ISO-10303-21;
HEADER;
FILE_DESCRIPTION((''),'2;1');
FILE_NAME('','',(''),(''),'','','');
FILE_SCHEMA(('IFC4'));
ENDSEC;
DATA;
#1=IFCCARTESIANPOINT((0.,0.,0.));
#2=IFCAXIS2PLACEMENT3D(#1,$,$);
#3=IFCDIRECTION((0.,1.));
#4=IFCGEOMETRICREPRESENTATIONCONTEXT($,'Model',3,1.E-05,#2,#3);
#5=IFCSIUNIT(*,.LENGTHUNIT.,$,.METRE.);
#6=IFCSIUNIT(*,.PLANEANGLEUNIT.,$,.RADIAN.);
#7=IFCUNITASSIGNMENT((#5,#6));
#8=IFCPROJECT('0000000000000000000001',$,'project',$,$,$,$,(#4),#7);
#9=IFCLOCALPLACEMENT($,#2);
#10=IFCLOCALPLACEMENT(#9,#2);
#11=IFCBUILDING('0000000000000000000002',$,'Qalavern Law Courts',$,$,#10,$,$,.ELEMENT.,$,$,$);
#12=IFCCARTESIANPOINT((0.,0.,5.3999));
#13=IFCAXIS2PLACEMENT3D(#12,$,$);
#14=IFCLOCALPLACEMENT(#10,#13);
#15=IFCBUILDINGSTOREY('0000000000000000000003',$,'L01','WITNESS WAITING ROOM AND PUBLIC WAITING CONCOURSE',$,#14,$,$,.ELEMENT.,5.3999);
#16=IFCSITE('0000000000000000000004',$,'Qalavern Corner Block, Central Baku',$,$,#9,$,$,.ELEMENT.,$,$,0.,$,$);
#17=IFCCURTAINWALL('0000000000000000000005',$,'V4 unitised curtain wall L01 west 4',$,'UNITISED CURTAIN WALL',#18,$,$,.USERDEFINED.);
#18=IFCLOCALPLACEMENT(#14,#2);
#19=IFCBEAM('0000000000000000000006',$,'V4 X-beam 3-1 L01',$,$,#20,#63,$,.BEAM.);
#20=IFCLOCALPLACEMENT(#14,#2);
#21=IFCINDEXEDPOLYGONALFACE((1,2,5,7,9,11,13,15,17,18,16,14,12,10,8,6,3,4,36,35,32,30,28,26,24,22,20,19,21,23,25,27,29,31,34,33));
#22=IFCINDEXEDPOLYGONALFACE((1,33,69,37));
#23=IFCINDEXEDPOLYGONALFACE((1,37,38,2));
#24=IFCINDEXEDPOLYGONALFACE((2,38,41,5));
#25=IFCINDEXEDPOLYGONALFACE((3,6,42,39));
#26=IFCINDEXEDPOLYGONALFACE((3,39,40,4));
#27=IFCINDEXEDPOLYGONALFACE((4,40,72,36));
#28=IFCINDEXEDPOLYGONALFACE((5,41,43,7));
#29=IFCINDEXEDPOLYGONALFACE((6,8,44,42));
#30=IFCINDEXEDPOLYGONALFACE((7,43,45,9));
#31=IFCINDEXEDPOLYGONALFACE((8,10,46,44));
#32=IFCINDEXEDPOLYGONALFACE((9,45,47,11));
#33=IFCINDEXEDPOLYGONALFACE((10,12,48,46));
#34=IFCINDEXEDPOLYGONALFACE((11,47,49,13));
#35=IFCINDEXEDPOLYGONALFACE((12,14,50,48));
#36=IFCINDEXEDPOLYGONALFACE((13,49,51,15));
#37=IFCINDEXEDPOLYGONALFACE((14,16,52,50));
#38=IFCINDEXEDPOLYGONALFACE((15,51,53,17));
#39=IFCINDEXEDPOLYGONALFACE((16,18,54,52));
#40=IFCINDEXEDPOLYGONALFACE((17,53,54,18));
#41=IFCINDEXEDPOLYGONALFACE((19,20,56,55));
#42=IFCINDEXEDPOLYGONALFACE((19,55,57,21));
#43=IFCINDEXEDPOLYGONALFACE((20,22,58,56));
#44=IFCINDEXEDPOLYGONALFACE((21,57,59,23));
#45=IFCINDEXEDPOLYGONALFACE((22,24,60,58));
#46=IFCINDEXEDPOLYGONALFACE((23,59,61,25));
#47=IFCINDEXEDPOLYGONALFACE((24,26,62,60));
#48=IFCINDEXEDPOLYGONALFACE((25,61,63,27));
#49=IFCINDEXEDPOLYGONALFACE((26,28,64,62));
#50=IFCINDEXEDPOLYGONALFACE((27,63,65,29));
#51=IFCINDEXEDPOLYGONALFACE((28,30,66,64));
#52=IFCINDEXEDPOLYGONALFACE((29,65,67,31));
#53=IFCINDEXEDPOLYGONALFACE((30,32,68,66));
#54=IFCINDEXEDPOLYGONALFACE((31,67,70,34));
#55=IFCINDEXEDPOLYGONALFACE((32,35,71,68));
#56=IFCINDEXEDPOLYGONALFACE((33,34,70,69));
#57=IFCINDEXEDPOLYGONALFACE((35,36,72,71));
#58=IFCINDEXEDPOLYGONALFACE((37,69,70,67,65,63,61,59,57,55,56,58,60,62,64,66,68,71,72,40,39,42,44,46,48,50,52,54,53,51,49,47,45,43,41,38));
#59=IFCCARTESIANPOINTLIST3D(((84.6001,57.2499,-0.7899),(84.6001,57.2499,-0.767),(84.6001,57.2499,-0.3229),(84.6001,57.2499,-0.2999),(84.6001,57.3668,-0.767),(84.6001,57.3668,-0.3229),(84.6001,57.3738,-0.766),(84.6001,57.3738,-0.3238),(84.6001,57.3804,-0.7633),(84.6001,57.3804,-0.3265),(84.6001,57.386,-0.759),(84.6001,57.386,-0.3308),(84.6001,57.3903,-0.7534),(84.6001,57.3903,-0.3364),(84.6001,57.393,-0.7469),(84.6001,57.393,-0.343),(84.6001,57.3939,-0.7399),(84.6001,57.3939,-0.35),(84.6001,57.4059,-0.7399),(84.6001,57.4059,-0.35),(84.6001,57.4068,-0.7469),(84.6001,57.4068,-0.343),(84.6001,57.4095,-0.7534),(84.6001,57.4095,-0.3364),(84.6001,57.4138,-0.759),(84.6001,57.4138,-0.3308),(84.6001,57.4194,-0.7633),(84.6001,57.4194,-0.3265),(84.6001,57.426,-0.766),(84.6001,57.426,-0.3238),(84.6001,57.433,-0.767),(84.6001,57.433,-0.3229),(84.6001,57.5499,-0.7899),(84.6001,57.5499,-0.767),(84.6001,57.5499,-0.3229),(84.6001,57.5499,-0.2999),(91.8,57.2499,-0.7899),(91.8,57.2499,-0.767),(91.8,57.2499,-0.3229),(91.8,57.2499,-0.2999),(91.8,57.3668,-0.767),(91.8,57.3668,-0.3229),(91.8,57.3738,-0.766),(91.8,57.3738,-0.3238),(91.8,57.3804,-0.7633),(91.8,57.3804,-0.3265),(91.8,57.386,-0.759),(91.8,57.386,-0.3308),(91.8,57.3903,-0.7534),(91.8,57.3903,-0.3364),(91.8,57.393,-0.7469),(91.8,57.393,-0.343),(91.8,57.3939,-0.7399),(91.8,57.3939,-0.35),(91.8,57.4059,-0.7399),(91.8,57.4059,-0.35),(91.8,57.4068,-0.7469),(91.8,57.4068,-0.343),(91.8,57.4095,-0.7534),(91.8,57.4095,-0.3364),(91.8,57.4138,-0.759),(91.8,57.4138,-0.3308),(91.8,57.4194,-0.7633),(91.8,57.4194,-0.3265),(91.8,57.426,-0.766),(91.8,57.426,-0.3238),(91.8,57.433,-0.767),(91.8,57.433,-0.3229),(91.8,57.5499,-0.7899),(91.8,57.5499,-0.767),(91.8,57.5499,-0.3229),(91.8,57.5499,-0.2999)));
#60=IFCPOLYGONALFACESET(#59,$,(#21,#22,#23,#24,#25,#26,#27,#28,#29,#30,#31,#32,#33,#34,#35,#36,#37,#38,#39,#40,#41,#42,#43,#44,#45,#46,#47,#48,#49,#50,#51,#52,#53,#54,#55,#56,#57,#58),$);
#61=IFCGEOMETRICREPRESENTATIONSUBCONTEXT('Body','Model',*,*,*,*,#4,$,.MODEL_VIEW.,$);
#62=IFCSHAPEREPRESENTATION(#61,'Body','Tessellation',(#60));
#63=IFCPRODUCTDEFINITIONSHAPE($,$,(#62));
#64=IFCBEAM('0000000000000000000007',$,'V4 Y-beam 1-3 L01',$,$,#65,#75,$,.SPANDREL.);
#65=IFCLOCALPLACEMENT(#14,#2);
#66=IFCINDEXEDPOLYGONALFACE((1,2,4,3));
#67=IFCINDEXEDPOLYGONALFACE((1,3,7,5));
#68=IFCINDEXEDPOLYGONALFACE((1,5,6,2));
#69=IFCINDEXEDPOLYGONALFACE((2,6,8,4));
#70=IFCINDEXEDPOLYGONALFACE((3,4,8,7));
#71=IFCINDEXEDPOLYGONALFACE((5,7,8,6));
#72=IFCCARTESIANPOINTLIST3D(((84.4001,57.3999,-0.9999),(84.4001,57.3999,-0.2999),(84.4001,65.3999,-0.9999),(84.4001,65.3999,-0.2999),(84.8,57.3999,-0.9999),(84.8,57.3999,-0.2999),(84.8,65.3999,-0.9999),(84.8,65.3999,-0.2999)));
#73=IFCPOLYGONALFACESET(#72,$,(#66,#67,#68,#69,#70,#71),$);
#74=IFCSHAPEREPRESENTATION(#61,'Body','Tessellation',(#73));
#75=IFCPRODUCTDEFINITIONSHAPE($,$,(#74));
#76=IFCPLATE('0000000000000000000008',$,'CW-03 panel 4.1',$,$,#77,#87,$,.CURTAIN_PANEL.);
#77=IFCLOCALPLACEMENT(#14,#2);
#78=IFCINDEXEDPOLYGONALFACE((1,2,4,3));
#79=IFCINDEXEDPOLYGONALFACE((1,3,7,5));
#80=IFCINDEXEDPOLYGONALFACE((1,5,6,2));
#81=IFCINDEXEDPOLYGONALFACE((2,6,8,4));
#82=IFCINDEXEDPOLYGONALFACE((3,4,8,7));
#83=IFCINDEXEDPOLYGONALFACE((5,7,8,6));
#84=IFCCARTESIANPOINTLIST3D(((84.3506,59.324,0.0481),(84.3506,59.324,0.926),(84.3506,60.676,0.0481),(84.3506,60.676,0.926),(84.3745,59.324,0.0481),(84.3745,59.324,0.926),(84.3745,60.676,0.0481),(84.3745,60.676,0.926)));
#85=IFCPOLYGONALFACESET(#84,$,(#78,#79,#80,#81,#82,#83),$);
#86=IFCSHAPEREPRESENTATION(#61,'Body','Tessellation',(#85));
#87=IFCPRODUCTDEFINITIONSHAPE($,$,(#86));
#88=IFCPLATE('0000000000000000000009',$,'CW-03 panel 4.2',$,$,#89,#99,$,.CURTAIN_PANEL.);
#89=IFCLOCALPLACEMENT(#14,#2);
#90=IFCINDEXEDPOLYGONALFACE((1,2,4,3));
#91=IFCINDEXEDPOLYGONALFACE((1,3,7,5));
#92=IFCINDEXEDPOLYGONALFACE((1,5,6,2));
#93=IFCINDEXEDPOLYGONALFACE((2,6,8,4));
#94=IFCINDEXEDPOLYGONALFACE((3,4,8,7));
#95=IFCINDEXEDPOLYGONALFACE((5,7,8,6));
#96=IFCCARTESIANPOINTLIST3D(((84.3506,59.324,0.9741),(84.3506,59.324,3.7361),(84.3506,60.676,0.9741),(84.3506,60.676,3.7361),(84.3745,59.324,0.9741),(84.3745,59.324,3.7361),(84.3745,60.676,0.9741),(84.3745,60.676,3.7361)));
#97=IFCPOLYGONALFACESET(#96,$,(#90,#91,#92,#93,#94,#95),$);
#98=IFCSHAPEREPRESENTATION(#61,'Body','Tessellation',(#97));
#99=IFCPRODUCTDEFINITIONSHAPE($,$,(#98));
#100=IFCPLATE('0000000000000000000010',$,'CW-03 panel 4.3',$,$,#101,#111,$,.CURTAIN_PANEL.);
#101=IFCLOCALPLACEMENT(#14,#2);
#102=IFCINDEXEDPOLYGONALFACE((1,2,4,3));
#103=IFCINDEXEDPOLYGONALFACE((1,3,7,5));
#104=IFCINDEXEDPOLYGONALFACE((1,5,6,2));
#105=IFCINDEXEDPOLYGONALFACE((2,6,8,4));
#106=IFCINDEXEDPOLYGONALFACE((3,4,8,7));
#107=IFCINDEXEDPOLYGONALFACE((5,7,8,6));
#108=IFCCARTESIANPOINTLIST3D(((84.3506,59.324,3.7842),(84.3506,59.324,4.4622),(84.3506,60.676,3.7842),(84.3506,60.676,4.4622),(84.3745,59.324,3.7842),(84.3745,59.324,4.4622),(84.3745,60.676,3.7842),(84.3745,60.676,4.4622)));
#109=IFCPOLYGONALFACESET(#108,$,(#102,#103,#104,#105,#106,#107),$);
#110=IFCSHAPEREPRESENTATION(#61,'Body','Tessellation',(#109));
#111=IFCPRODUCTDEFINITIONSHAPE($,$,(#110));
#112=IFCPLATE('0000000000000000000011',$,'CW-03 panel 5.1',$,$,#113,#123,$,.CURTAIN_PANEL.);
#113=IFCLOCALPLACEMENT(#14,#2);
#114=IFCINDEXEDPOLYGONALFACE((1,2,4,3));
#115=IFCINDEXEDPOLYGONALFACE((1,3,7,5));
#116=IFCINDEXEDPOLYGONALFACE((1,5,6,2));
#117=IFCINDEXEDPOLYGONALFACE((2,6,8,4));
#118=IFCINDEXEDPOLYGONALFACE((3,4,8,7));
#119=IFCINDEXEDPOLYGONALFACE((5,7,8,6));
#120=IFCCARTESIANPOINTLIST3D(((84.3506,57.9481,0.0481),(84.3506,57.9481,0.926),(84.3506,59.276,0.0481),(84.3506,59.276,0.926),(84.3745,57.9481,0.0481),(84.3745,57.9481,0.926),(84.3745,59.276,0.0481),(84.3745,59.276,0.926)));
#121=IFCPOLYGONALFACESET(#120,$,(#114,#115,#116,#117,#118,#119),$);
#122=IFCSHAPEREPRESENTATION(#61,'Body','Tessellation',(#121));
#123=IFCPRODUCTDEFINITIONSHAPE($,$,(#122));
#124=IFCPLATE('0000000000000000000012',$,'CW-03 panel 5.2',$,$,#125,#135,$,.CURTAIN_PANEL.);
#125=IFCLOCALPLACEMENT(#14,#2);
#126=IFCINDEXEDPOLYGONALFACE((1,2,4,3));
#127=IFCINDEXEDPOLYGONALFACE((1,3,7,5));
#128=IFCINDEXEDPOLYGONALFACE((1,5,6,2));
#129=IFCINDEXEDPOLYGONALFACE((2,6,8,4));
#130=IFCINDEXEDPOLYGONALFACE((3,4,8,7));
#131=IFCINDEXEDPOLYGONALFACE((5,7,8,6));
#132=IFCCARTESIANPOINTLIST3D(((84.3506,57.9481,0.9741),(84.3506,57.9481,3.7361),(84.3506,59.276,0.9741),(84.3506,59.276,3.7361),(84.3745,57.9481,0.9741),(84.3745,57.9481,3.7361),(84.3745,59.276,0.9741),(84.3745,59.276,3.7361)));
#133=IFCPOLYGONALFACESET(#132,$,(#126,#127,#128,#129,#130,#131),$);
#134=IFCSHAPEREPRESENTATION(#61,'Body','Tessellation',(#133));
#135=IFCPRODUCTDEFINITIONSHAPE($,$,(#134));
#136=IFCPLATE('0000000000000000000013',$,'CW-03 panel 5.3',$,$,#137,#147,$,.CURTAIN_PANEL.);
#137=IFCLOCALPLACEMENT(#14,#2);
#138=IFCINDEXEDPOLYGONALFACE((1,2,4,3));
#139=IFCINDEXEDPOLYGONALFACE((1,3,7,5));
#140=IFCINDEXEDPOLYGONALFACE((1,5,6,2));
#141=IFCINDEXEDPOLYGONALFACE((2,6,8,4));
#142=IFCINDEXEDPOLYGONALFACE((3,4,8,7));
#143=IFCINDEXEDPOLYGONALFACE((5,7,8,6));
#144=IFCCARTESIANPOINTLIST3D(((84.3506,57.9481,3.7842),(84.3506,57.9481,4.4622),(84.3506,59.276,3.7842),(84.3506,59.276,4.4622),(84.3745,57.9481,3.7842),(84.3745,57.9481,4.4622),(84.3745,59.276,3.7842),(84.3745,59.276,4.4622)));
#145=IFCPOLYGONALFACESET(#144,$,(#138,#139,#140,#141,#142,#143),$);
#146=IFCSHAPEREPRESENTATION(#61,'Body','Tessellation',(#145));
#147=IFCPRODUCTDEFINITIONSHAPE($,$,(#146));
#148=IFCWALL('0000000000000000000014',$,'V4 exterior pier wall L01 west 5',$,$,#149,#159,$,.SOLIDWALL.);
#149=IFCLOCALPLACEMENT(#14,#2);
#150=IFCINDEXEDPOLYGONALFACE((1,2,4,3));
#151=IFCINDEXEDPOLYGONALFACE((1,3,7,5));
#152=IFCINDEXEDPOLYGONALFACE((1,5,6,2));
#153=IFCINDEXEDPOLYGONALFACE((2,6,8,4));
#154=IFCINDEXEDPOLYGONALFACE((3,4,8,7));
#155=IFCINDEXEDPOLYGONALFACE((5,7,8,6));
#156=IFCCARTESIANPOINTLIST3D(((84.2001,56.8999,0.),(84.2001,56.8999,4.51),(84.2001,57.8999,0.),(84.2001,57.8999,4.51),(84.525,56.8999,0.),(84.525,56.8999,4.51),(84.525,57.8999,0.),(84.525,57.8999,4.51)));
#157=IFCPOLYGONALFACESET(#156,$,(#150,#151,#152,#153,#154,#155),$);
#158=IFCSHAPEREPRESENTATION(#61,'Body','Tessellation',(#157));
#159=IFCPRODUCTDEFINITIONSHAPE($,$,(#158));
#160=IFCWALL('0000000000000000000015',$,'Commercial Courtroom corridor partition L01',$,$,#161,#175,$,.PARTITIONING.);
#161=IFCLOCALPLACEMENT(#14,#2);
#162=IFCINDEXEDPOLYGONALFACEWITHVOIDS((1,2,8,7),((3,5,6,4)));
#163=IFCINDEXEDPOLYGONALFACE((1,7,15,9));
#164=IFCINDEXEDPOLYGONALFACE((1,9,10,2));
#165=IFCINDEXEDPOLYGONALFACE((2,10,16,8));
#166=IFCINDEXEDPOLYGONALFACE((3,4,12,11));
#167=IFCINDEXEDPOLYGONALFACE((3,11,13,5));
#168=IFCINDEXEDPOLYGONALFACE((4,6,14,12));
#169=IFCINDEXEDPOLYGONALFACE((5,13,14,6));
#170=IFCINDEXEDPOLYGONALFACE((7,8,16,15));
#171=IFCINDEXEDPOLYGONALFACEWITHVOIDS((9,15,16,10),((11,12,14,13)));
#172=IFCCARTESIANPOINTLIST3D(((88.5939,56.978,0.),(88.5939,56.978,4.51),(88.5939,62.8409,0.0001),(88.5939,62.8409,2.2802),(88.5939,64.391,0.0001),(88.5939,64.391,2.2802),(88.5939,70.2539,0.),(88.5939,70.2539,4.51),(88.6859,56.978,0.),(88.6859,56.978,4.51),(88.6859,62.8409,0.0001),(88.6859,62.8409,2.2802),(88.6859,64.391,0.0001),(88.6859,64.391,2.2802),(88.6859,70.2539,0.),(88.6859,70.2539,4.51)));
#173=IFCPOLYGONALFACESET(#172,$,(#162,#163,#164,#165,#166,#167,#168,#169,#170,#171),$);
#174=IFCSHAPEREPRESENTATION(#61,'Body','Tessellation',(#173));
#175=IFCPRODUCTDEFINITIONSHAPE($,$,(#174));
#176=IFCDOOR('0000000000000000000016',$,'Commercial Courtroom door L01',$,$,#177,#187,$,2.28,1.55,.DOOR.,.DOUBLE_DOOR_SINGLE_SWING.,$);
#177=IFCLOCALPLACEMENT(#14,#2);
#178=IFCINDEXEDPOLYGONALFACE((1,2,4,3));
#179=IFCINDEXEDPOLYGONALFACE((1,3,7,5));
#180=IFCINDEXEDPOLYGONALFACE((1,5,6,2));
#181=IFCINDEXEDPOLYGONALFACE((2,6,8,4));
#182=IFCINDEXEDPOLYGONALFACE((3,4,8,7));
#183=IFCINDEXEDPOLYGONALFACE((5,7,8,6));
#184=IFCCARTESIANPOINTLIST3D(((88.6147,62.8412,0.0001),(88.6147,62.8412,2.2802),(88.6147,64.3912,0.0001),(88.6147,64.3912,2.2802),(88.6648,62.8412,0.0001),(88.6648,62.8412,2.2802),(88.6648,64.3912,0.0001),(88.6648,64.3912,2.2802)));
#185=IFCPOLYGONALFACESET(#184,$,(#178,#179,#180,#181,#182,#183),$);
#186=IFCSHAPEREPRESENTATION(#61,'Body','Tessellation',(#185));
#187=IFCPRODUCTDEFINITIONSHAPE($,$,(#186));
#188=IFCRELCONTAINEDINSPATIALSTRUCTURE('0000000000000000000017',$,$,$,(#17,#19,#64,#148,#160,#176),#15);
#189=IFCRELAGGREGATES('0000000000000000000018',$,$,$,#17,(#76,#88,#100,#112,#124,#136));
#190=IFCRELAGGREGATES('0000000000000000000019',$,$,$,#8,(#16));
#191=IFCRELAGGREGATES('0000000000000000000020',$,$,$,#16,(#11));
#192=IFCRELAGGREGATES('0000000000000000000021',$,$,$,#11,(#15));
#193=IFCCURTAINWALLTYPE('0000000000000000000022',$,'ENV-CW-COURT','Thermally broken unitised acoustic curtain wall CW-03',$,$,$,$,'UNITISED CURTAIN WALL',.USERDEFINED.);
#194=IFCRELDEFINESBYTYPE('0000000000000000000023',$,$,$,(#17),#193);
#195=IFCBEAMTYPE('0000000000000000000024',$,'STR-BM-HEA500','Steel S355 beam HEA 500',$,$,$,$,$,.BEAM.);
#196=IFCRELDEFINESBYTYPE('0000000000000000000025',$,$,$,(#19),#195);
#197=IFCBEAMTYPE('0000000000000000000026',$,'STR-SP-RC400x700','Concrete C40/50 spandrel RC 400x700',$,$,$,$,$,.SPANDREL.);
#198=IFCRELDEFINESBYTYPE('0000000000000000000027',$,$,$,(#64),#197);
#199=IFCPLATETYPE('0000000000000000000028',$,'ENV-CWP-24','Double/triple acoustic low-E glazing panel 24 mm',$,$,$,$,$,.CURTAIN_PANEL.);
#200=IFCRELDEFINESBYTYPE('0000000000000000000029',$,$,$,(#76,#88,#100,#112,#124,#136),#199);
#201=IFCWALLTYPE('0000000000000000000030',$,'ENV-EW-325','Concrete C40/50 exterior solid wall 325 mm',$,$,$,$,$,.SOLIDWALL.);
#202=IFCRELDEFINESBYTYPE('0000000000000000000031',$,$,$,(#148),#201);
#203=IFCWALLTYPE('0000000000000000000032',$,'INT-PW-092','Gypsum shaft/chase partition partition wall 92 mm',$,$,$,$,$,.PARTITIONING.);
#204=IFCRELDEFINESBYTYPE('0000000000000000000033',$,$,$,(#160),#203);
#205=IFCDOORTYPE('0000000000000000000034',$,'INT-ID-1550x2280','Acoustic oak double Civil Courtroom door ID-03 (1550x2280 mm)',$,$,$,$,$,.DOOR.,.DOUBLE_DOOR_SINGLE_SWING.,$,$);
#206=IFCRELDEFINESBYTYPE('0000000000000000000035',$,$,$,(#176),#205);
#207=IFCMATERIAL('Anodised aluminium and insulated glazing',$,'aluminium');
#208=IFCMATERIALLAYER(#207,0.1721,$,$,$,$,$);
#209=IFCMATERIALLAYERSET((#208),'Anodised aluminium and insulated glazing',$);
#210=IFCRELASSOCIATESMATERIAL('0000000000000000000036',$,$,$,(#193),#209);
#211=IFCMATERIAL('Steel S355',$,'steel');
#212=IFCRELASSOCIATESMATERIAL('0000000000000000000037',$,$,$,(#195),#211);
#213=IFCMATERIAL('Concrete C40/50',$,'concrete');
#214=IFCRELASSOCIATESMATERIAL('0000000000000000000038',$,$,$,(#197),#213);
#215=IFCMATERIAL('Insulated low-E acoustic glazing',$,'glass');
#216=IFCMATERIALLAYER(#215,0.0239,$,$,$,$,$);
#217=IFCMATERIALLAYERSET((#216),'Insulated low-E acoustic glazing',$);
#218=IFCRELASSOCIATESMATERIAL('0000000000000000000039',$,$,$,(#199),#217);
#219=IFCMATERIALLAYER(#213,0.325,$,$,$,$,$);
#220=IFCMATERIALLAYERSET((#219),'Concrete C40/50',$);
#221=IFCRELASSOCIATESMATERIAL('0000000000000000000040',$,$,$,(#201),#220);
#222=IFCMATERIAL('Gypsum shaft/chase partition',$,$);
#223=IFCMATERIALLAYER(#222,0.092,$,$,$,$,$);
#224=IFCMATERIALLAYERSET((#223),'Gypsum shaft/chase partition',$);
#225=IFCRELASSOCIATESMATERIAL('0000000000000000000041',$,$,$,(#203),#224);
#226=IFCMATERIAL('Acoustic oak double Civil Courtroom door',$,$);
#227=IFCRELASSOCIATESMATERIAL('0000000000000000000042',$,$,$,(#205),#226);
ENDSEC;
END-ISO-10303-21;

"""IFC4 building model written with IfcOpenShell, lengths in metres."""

from ifc_helpers import new_model, si_unit, direction, frame, frame_2d, origin, origin_2d, place, context, subcontext, project, spatial, rectangle, i_section, extrude, material, layer, layer_set, material_profile, profile_set, type_object, element, fill, aggregate, save


model = new_model("IFC4")

# Units and contexts
model_context = context("Model", 3, precision=1e-05, world=origin(), true_north=direction((0.0, 1.0)))
body_context = subcontext(model_context, "Body", "Model", "MODEL_VIEW")
ifc_project = project(units=[si_unit("LENGTHUNIT", "METRE"), si_unit("PLANEANGLEUNIT", "RADIAN")], contexts=[model_context])

# Site, building, storey
site_placement = place(None, origin())
site = spatial("IfcSite", under=ifc_project, at=site_placement, Name="Qalavern Corner Block, Central Baku", CompositionType="ELEMENT", RefElevation=0.0)
building_placement = place(site_placement, origin())
building = spatial("IfcBuilding", under=site, at=building_placement, Name="Qalavern Law Courts", CompositionType="ELEMENT")
storey_placement = place(building_placement, frame((0.0, 0.0, 5.3999)))
storey = spatial("IfcBuildingStorey", under=building, at=storey_placement, Name="L01", Description="WITNESS WAITING ROOM AND PUBLIC WAITING CONCOURSE", CompositionType="ELEMENT", Elevation=5.3999)

# Curtain wall
ifc_material_1 = material(Name="Anodised aluminium and insulated glazing", Category="aluminium")
ifc_layer_1 = layer(ifc_material_1, 0.1721)
ifc_layer_set_1 = layer_set([ifc_layer_1], Name="Anodised aluminium and insulated glazing")
curtain_wall_type = type_object("IfcCurtainWallType", Name="ENV-CW-COURT", Description="Thermally broken unitised acoustic curtain wall CW-03", ElementType="UNITISED CURTAIN WALL", PredefinedType="USERDEFINED", material=ifc_layer_set_1)
curtain_wall_1_placement = place(storey_placement, origin())
curtain_wall_1 = element("IfcCurtainWall", 1, at=curtain_wall_1_placement, inside=storey, type_object=curtain_wall_type, Name="V4 unitised curtain wall L01 west 4", ObjectType="UNITISED CURTAIN WALL", PredefinedType="USERDEFINED")

# Beams
ifc_material_2 = material(Name="Steel S355", Category="steel")
ifc_material_profile_1 = material_profile(ifc_material_2, i_section(OverallWidth=0.3, OverallDepth=0.49, WebThickness=0.012, FlangeThickness=0.0229, FilletRadius=0.0271, at=origin_2d()), Name="HEA 500")
ifc_profile_set_1 = profile_set([ifc_material_profile_1], Name="Steel S355")
beam_type_1 = type_object("IfcBeamType", Name="STR-BM-HEA500", Description="Steel S355 beam HEA 500", PredefinedType="BEAM", material=ifc_profile_set_1)
beam_1_placement = place(storey_placement, frame((84.6001, 57.3999, -0.5449), z_axis=(1.0, 0.0, 0.0), x_axis=(0.0, 1.0, 0.0)))
element("IfcBeam", 2, at=beam_1_placement, inside=storey, type_object=beam_type_1, Name="V4 X-beam 3-1 L01", PredefinedType="BEAM", context=body_context, shape_type="SweptSolid", body=[
    extrude(i_section(OverallWidth=0.3, OverallDepth=0.49, WebThickness=0.012, FlangeThickness=0.0229, FilletRadius=0.0271, at=origin_2d()), origin(), (0.0, 0.0, 1.0), 7.2),
])
ifc_material_3 = material(Name="Concrete C40/50", Category="concrete")
ifc_material_profile_2 = material_profile(ifc_material_3, rectangle(XDim=0.3999, YDim=0.7, at=origin_2d()), Name="RC 400x700")
ifc_profile_set_2 = profile_set([ifc_material_profile_2], Name="Concrete C40/50")
beam_type_2 = type_object("IfcBeamType", Name="STR-SP-RC400x700", Description="Concrete C40/50 spandrel RC 400x700", PredefinedType="SPANDREL", material=ifc_profile_set_2)
beam_2_placement = place(storey_placement, frame((84.6001, 57.3999, -0.6499), z_axis=(0.0, 1.0, 0.0), x_axis=(-1.0, 0.0, 0.0)))
element("IfcBeam", 3, at=beam_2_placement, inside=storey, type_object=beam_type_2, Name="V4 Y-beam 1-3 L01", PredefinedType="SPANDREL", context=body_context, shape_type="SweptSolid", body=[
    extrude(rectangle(XDim=0.3999, YDim=0.7, at=origin_2d()), origin(), (0.0, 0.0, 1.0), 8.0),
])

# Plates
ifc_material_4 = material(Name="Insulated low-E acoustic glazing", Category="glass")
ifc_layer_2 = layer(ifc_material_4, 0.0239)
ifc_layer_set_2 = layer_set([ifc_layer_2], Name="Insulated low-E acoustic glazing")
plate_type = type_object("IfcPlateType", Name="ENV-CWP-24", Description="Double/triple acoustic low-E glazing panel 24 mm", PredefinedType="CURTAIN_PANEL", material=ifc_layer_set_2)
plate_1_placement = place(storey_placement, frame((84.3625, 60.0, 0.0481), z_axis=(0.0, 0.0, 1.0), x_axis=(0.0, -1.0, 0.0)))
plate_1 = element("IfcPlate", 4, at=plate_1_placement, type_object=plate_type, Name="CW-03 panel 4.1", PredefinedType="CURTAIN_PANEL", context=body_context, shape_type="SweptSolid", body=[
    extrude(rectangle(XDim=1.3521, YDim=0.0239, at=origin_2d()), origin(), (0.0, 0.0, 1.0), 0.8779),
])
plate_2_placement = place(storey_placement, frame((84.3625, 60.0, 0.9741), z_axis=(0.0, 0.0, 1.0), x_axis=(0.0, -1.0, 0.0)))
plate_2 = element("IfcPlate", 5, at=plate_2_placement, type_object=plate_type, Name="CW-03 panel 4.2", PredefinedType="CURTAIN_PANEL", context=body_context, shape_type="SweptSolid", body=[
    extrude(rectangle(XDim=1.3521, YDim=0.0239, at=origin_2d()), origin(), (0.0, 0.0, 1.0), 2.762),
])
plate_3_placement = place(storey_placement, frame((84.3625, 60.0, 3.7842), z_axis=(0.0, 0.0, 1.0), x_axis=(0.0, -1.0, 0.0)))
plate_3 = element("IfcPlate", 6, at=plate_3_placement, type_object=plate_type, Name="CW-03 panel 4.3", PredefinedType="CURTAIN_PANEL", context=body_context, shape_type="SweptSolid", body=[
    extrude(rectangle(XDim=1.3521, YDim=0.0239, at=origin_2d()), origin(), (0.0, 0.0, 1.0), 0.678),
])
plate_4_placement = place(storey_placement, frame((84.3625, 58.6121, 0.0481), z_axis=(0.0, 0.0, 1.0), x_axis=(0.0, -1.0, 0.0)))
plate_4 = element("IfcPlate", 7, at=plate_4_placement, type_object=plate_type, Name="CW-03 panel 5.1", PredefinedType="CURTAIN_PANEL", context=body_context, shape_type="SweptSolid", body=[
    extrude(rectangle(XDim=1.3279, YDim=0.0239, at=origin_2d()), origin(), (0.0, 0.0, 1.0), 0.8779),
])
plate_5_placement = place(storey_placement, frame((84.3625, 58.6121, 0.9741), z_axis=(0.0, 0.0, 1.0), x_axis=(0.0, -1.0, 0.0)))
plate_5 = element("IfcPlate", 8, at=plate_5_placement, type_object=plate_type, Name="CW-03 panel 5.2", PredefinedType="CURTAIN_PANEL", context=body_context, shape_type="SweptSolid", body=[
    extrude(rectangle(XDim=1.3279, YDim=0.0239, at=origin_2d()), origin(), (0.0, 0.0, 1.0), 2.762),
])
plate_6_placement = place(storey_placement, frame((84.3625, 58.6121, 3.7842), z_axis=(0.0, 0.0, 1.0), x_axis=(0.0, -1.0, 0.0)))
plate_6 = element("IfcPlate", 9, at=plate_6_placement, type_object=plate_type, Name="CW-03 panel 5.3", PredefinedType="CURTAIN_PANEL", context=body_context, shape_type="SweptSolid", body=[
    extrude(rectangle(XDim=1.3279, YDim=0.0239, at=origin_2d()), origin(), (0.0, 0.0, 1.0), 0.678),
])
aggregate(curtain_wall_1, [plate_1, plate_2, plate_3, plate_4, plate_5, plate_6])

# Wall
ifc_layer_3 = layer(ifc_material_3, 0.325)
ifc_layer_set_3 = layer_set([ifc_layer_3], Name="Concrete C40/50")
wall_type_1 = type_object("IfcWallType", Name="ENV-EW-325", Description="Concrete C40/50 exterior solid wall 325 mm", PredefinedType="SOLIDWALL", material=ifc_layer_set_3)
wall_1_placement = place(storey_placement, frame((84.3625, 57.8999, 0.0), z_axis=(0.0, 0.0, 1.0), x_axis=(0.0, -1.0, 0.0)))
element("IfcWall", 10, at=wall_1_placement, inside=storey, type_object=wall_type_1, Name="V4 exterior pier wall L01 west 5", PredefinedType="SOLIDWALL", context=body_context, shape_type="SweptSolid", body=[
    extrude(rectangle(XDim=1.0, YDim=0.325, at=frame_2d((0.5, 0.0))), origin(), (0.0, 0.0, 1.0), 4.51),
])

# Wall, opening, door
ifc_material_5 = material(Name="Gypsum shaft/chase partition")
ifc_layer_4 = layer(ifc_material_5, 0.092)
ifc_layer_set_4 = layer_set([ifc_layer_4], Name="Gypsum shaft/chase partition")
wall_type_2 = type_object("IfcWallType", Name="INT-PW-092", Description="Gypsum shaft/chase partition partition wall 92 mm", PredefinedType="PARTITIONING", material=ifc_layer_set_4)
wall_2_placement = place(storey_placement, frame((88.6399, 56.978, 0.0), z_axis=(0.0, 0.0, 1.0), x_axis=(0.0, 1.0, 0.0)))
wall_2 = element("IfcWall", 11, at=wall_2_placement, inside=storey, type_object=wall_type_2, Name="Commercial Courtroom corridor partition L01", PredefinedType="PARTITIONING", context=body_context, shape_type="SweptSolid", body=[
    extrude(rectangle(XDim=13.2759, YDim=0.092, at=frame_2d((6.6379, 0.0))), origin(), (0.0, 0.0, 1.0), 4.51),
])
opening_placement = place(wall_2_placement, frame((5.863, 0.0, 0.0)))
opening = element("IfcOpeningElement", 12, at=opening_placement, cuts=wall_2, PredefinedType="OPENING", context=body_context, shape_type="SweptSolid", body=[
    extrude(rectangle(XDim=1.55, YDim=2.28, at=frame_2d((0.7749, 1.1401))), frame((0.0, 0.061, 0.0), z_axis=(0.0, -1.0, 0.0), x_axis=(1.0, 0.0, 0.0)), (0.0, 0.0, 1.0), 0.1218),
])
ifc_material_6 = material(Name="Acoustic oak double Civil Courtroom door")
door_type = type_object("IfcDoorType", Name="INT-ID-1550x2280", Description="Acoustic oak double Civil Courtroom door ID-03 (1550x2280 mm)", OperationType="DOUBLE_DOOR_SINGLE_SWING", PredefinedType="DOOR", material=ifc_material_6)
door_placement = place(opening_placement, frame((1.55, 0.0, 0.0), z_axis=(0.0, 0.0, 1.0), x_axis=(-1.0, 0.0, 0.0)))
door = element("IfcDoor", 13, at=door_placement, inside=storey, type_object=door_type, Name="Commercial Courtroom door L01", OperationType="DOUBLE_DOOR_SINGLE_SWING", OverallHeight=2.28, OverallWidth=1.55, PredefinedType="DOOR", context=body_context, shape_type="SweptSolid", body=[
    extrude(rectangle(XDim=1.55, YDim=2.28, at=frame_2d((0.7749, 1.1401))), frame((0.0, 0.0249, 0.0), z_axis=(0.0, -1.0, 0.0), x_axis=(1.0, 0.0, 0.0)), (0.0, 0.0, 1.0), 0.05),
])
fill(opening, door)

save(model, "model.ifc")
